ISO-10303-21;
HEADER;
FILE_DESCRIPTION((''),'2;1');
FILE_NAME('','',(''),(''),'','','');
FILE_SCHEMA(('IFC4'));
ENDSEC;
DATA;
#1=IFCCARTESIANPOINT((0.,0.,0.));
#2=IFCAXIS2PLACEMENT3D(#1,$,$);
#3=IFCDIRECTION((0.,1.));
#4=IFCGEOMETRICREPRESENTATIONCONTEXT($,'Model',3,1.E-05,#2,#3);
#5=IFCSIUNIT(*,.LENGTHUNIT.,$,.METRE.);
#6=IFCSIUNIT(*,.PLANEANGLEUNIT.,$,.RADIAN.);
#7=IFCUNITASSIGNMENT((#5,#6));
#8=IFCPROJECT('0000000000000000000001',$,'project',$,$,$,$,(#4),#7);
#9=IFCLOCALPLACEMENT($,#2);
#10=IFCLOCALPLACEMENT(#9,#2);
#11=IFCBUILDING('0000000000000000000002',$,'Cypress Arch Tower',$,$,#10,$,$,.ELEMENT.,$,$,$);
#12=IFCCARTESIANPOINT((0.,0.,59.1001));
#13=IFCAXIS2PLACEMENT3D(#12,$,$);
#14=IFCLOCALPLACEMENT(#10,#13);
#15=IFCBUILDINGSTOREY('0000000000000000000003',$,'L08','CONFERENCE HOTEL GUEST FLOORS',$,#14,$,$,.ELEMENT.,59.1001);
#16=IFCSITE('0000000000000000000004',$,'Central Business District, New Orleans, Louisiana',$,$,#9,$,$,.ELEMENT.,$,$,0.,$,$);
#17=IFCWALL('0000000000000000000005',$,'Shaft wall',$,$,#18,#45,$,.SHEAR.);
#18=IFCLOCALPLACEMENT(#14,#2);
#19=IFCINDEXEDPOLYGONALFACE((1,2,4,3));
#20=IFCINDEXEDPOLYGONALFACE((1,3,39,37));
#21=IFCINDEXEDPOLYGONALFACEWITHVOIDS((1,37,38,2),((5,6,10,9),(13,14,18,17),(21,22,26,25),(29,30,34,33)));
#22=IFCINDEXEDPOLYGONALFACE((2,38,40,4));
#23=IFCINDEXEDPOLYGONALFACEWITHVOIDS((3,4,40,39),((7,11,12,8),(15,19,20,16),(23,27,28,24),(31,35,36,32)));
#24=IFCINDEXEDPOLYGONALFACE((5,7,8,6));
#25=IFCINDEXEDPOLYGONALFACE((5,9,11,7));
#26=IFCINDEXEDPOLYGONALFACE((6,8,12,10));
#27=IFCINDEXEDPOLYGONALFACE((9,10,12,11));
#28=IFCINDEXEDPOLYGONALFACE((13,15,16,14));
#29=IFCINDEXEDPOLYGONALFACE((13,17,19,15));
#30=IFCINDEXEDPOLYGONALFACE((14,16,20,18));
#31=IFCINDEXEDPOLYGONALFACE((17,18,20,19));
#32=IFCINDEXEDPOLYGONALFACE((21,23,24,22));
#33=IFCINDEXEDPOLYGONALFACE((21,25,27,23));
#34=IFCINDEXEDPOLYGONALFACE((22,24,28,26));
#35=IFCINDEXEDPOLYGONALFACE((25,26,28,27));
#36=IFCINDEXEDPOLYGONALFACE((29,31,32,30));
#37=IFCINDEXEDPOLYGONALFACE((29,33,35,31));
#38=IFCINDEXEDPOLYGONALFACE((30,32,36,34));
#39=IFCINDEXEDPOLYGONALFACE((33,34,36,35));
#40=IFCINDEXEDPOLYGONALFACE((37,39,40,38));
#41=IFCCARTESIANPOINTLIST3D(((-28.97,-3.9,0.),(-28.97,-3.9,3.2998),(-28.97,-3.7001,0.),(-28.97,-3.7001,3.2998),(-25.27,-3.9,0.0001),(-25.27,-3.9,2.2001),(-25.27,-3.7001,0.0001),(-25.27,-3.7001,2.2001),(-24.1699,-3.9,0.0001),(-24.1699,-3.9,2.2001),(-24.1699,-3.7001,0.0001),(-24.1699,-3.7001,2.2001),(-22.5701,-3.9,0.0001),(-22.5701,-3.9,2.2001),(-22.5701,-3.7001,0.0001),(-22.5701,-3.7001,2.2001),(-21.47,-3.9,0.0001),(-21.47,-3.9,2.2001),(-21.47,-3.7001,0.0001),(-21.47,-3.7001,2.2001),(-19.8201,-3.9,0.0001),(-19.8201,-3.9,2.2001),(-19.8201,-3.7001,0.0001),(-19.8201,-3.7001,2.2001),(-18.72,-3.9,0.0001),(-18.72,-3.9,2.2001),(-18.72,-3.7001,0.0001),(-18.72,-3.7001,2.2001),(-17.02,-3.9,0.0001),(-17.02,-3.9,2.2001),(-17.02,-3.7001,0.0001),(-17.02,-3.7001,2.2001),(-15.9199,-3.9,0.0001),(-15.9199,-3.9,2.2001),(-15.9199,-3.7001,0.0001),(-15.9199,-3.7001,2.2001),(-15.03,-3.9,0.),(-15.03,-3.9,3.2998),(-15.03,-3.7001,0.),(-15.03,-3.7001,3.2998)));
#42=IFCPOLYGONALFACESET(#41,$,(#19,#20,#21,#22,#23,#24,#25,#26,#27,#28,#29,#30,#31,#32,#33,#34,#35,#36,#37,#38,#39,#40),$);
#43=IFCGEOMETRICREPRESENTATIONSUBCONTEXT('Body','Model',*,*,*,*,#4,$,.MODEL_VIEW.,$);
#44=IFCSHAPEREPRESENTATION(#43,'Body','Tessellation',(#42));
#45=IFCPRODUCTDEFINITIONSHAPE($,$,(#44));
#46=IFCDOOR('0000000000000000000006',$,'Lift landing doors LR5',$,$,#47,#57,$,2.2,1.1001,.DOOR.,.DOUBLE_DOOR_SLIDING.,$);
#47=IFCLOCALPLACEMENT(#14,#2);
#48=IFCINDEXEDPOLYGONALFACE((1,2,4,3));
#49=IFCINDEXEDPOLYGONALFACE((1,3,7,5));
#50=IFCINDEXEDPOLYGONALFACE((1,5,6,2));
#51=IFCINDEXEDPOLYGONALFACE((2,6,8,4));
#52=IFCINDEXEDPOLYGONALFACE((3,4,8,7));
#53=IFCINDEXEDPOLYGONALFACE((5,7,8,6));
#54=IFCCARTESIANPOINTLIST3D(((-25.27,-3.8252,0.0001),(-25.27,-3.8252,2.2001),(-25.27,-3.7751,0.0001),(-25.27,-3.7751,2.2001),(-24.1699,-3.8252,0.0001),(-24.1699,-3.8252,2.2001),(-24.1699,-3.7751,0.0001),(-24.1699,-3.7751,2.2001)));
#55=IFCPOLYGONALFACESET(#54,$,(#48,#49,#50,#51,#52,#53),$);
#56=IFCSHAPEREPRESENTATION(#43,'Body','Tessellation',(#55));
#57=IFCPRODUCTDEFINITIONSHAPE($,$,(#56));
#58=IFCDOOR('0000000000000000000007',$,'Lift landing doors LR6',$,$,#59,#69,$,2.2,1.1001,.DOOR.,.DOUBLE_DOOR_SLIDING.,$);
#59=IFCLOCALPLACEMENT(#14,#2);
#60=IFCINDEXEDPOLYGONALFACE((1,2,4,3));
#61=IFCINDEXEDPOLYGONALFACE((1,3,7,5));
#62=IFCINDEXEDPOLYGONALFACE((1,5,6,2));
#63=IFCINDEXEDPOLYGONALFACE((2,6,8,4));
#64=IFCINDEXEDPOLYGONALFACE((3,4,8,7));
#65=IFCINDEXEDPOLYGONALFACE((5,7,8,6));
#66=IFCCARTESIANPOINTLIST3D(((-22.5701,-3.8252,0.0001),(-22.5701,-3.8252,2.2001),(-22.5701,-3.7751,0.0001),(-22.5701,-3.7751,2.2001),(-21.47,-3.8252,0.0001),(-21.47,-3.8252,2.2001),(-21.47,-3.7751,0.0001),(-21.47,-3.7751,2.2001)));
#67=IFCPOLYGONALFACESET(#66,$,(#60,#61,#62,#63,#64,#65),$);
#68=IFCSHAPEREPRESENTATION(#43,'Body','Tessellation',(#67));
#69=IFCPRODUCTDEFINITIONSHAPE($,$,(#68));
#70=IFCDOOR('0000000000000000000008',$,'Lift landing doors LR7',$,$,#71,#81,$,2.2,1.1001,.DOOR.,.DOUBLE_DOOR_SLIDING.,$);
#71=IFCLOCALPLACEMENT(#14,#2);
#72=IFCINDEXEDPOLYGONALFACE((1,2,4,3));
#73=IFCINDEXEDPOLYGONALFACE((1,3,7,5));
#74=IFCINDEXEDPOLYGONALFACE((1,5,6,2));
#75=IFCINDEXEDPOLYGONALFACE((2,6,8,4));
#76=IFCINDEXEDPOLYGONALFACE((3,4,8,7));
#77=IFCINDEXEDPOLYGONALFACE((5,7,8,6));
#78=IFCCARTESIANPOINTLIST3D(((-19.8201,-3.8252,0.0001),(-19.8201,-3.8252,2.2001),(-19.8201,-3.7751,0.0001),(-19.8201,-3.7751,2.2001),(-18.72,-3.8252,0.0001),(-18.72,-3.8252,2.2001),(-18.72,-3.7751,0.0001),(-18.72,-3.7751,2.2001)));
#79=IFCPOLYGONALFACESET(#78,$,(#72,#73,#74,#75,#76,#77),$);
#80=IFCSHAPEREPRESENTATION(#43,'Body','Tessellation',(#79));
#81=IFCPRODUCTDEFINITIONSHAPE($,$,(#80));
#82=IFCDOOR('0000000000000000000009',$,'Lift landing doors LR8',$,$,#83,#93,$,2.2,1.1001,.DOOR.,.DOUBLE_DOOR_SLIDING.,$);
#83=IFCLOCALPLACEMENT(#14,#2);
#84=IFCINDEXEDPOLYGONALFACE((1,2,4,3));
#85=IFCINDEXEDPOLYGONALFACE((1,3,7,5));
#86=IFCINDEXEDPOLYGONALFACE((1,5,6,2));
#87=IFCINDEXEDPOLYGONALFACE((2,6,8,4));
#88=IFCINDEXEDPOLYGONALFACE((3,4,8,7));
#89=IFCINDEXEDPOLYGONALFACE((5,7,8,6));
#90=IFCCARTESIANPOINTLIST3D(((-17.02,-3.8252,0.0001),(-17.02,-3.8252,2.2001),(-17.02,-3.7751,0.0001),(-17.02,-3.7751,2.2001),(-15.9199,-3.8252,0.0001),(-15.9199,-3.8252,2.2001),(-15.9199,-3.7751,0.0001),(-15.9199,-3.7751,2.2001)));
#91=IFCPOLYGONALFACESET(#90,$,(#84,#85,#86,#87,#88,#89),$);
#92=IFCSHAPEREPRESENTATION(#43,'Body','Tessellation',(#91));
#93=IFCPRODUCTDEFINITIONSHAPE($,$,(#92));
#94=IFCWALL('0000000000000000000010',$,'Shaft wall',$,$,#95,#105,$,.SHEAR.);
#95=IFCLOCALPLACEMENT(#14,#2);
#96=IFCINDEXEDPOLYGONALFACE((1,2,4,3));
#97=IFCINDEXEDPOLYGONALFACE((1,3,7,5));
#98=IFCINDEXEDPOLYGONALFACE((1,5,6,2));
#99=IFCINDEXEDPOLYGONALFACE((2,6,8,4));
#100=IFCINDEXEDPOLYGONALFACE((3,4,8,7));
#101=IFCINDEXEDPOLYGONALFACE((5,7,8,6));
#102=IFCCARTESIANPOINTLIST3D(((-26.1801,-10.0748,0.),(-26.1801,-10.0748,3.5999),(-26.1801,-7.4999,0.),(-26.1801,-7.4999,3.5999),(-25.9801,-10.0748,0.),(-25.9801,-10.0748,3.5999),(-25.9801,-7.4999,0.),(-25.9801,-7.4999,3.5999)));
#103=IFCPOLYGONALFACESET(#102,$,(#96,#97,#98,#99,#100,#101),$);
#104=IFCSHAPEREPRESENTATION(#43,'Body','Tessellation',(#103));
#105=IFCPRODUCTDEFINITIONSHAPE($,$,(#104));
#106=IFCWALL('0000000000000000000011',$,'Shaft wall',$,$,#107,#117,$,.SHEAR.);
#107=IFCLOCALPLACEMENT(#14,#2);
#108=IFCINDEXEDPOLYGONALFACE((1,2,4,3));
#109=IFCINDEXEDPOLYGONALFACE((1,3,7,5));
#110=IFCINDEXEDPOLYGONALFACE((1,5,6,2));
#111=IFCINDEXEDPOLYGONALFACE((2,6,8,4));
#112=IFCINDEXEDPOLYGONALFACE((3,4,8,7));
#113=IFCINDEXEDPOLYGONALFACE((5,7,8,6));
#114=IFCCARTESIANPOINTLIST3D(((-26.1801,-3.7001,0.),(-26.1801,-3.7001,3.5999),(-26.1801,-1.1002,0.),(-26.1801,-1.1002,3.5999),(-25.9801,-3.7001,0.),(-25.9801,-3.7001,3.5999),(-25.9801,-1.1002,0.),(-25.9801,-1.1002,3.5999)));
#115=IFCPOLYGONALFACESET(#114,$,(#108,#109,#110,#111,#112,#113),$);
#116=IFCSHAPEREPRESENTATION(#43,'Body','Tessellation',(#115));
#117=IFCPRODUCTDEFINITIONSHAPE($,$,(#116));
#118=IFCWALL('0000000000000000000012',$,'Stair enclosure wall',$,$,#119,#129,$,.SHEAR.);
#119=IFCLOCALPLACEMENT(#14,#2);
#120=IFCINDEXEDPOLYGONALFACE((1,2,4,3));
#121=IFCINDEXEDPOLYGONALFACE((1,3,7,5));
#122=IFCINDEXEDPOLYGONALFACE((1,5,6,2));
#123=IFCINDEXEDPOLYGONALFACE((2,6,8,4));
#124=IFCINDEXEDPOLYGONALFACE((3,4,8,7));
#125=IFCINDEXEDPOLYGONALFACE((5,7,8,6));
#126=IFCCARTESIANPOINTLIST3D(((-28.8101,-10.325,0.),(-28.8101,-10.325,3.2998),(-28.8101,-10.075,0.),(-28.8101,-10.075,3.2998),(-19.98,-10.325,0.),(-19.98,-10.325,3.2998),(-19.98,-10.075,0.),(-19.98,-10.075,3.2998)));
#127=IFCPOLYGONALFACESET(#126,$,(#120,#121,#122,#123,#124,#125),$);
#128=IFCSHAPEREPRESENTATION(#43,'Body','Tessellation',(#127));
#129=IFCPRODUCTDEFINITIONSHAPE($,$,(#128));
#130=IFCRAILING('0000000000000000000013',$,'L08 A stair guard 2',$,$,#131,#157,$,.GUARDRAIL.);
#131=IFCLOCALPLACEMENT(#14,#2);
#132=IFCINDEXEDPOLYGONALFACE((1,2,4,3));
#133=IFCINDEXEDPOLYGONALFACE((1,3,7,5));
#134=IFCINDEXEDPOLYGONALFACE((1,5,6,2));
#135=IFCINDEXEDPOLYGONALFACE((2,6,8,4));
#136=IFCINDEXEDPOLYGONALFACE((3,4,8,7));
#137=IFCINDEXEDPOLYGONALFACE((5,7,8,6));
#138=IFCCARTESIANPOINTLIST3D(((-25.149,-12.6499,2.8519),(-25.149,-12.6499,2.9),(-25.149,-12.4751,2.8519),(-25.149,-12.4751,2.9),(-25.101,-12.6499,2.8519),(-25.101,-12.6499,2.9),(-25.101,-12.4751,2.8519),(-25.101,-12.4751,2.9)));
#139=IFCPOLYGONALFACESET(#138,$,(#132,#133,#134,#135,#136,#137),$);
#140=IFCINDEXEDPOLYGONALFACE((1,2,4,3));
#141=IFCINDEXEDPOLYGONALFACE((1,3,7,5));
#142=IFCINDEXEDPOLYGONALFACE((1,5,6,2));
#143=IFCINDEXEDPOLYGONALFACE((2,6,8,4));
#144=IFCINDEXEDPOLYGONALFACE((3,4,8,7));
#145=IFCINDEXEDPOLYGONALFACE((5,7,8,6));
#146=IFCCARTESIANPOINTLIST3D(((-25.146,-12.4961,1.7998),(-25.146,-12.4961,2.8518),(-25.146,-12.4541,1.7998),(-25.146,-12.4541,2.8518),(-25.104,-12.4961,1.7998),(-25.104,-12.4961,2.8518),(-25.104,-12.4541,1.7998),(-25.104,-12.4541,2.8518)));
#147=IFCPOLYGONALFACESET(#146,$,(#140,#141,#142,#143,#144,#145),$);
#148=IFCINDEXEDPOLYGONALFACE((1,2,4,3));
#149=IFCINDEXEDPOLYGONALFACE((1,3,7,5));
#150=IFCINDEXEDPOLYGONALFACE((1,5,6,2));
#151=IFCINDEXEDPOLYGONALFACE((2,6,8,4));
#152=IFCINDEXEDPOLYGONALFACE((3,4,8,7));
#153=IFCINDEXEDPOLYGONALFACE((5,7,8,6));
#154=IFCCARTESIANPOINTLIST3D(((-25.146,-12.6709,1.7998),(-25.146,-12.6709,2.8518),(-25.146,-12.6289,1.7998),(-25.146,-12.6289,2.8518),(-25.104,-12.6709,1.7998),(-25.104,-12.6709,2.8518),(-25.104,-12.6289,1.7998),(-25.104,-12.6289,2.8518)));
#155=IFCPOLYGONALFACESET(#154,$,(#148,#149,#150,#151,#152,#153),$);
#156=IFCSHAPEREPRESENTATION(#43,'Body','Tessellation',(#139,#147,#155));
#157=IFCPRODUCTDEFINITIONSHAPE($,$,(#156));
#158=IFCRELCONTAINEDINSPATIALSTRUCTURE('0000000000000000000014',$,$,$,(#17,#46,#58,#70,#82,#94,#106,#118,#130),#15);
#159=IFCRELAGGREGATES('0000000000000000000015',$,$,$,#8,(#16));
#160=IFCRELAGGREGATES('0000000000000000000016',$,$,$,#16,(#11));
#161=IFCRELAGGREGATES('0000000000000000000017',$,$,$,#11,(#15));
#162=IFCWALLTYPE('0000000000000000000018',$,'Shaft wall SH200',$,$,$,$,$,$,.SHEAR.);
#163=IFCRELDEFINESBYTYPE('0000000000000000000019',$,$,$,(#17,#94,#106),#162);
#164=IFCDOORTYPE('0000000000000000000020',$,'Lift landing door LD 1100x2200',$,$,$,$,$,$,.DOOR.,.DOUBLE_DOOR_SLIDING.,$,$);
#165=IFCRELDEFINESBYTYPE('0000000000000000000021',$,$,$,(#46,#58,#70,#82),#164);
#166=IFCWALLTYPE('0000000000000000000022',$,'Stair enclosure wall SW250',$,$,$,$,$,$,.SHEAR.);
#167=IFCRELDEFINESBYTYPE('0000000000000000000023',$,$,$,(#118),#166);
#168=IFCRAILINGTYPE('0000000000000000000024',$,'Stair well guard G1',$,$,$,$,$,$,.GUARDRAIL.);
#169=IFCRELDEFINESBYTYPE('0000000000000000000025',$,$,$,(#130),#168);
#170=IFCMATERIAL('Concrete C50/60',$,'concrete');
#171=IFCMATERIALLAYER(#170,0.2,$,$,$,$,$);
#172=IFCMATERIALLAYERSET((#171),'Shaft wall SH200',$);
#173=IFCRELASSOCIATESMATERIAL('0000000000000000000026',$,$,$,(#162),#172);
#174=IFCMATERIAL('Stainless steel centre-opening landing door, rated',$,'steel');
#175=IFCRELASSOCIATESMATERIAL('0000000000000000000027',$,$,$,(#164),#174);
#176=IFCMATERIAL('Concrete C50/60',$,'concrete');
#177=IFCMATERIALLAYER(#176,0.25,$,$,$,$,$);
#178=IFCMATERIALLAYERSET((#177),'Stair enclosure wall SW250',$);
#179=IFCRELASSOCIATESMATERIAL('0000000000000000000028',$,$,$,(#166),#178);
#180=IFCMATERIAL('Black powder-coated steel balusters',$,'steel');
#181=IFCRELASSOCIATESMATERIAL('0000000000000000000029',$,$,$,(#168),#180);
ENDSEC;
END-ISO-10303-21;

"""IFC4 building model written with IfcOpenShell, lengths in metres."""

from ifc_helpers import new_model, si_unit, direction, frame, frame_2d, origin, origin_2d, place, context, subcontext, project, spatial, rectangle, extrude, material, layer, layer_set, type_object, element, fill, save


model = new_model("IFC4")

# Units and contexts
model_context = context("Model", 3, precision=1e-05, world=origin(), true_north=direction((0.0, 1.0)))
body_context = subcontext(model_context, "Body", "Model", "MODEL_VIEW")
ifc_project = project(units=[si_unit("LENGTHUNIT", "METRE"), si_unit("PLANEANGLEUNIT", "RADIAN")], contexts=[model_context])

# Site, building, storey
site_placement = place(None, origin())
site = spatial("IfcSite", under=ifc_project, at=site_placement, Name="Central Business District, New Orleans, Louisiana", CompositionType="ELEMENT", RefElevation=0.0)
building_placement = place(site_placement, origin())
building = spatial("IfcBuilding", under=site, at=building_placement, Name="Cypress Arch Tower", CompositionType="ELEMENT")
storey_placement = place(building_placement, frame((0.0, 0.0, 59.1001)))
storey = spatial("IfcBuildingStorey", under=building, at=storey_placement, Name="L08", Description="CONFERENCE HOTEL GUEST FLOORS", CompositionType="ELEMENT", Elevation=59.1001)

# Wall, openings, doors
ifc_material_1 = material(Name="Concrete C50/60", Category="concrete")
ifc_layer_1 = layer(ifc_material_1, 0.2)
ifc_layer_set_1 = layer_set([ifc_layer_1], Name="Shaft wall SH200")
wall_type_1 = type_object("IfcWallType", Name="Shaft wall SH200", PredefinedType="SHEAR", material=ifc_layer_set_1)
ifc_material_2 = material(Name="Stainless steel centre-opening landing door, rated", Category="steel")
door_type_1 = type_object("IfcDoorType", Name="Lift landing door LD 1100x2200", OperationType="DOUBLE_DOOR_SLIDING", PredefinedType="DOOR", material=ifc_material_2)
wall_1_placement = place(storey_placement, frame((-28.97, -3.8, 0.0), z_axis=(0.0, 0.0, 1.0), x_axis=(1.0, 0.0, 0.0)))
wall_1 = element("IfcWall", 1, at=wall_1_placement, inside=storey, type_object=wall_type_1, Name="Shaft wall", PredefinedType="SHEAR", context=body_context, shape_type="SweptSolid", body=[
    extrude(rectangle(XDim=13.9399, YDim=0.2, at=frame_2d((6.97, 0.0))), origin(), (0.0, 0.0, 1.0), 3.2998),
])
opening_1_placement = place(wall_1_placement, frame((3.7, 0.0, 0.0)))
opening_1 = element("IfcOpeningElement", 2, at=opening_1_placement, cuts=wall_1, PredefinedType="OPENING", context=body_context, shape_type="SweptSolid", body=[
    extrude(rectangle(XDim=1.1001, YDim=2.2, at=frame_2d((0.55, 1.1001))), frame((0.0, 0.1099, 0.0), z_axis=(0.0, -1.0, 0.0), x_axis=(1.0, 0.0, 0.0)), (0.0, 0.0, 1.0), 0.22),
])
opening_2_placement = place(wall_1_placement, frame((6.3999, 0.0, 0.0)))
opening_2 = element("IfcOpeningElement", 3, at=opening_2_placement, cuts=wall_1, PredefinedType="OPENING", context=body_context, shape_type="SweptSolid", body=[
    extrude(rectangle(XDim=1.1001, YDim=2.2, at=frame_2d((0.55, 1.1001))), frame((0.0, 0.1099, 0.0), z_axis=(0.0, -1.0, 0.0), x_axis=(1.0, 0.0, 0.0)), (0.0, 0.0, 1.0), 0.22),
])
opening_3_placement = place(wall_1_placement, frame((9.1499, 0.0, 0.0)))
opening_3 = element("IfcOpeningElement", 4, at=opening_3_placement, cuts=wall_1, PredefinedType="OPENING", context=body_context, shape_type="SweptSolid", body=[
    extrude(rectangle(XDim=1.1001, YDim=2.2, at=frame_2d((0.55, 1.1001))), frame((0.0, 0.1099, 0.0), z_axis=(0.0, -1.0, 0.0), x_axis=(1.0, 0.0, 0.0)), (0.0, 0.0, 1.0), 0.22),
])
opening_4_placement = place(wall_1_placement, frame((11.95, 0.0, 0.0)))
opening_4 = element("IfcOpeningElement", 5, at=opening_4_placement, cuts=wall_1, PredefinedType="OPENING", context=body_context, shape_type="SweptSolid", body=[
    extrude(rectangle(XDim=1.1001, YDim=2.2, at=frame_2d((0.55, 1.1001))), frame((0.0, 0.1099, 0.0), z_axis=(0.0, -1.0, 0.0), x_axis=(1.0, 0.0, 0.0)), (0.0, 0.0, 1.0), 0.22),
])
door_1_placement = place(opening_1_placement, origin())
door_1 = element("IfcDoor", 6, at=door_1_placement, inside=storey, type_object=door_type_1, Name="Lift landing doors LR5", OperationType="DOUBLE_DOOR_SLIDING", OverallHeight=2.2, OverallWidth=1.1001, PredefinedType="DOOR", context=body_context, shape_type="SweptSolid", body=[
    extrude(rectangle(XDim=1.1001, YDim=2.2, at=frame_2d((0.55, 1.1001))), frame((0.0, 0.0249, 0.0), z_axis=(0.0, -1.0, 0.0), x_axis=(1.0, 0.0, 0.0)), (0.0, 0.0, 1.0), 0.05),
])
fill(opening_1, door_1)
door_2_placement = place(opening_2_placement, origin())
door_2 = element("IfcDoor", 7, at=door_2_placement, inside=storey, type_object=door_type_1, Name="Lift landing doors LR6", OperationType="DOUBLE_DOOR_SLIDING", OverallHeight=2.2, OverallWidth=1.1001, PredefinedType="DOOR", context=body_context, shape_type="SweptSolid", body=[
    extrude(rectangle(XDim=1.1001, YDim=2.2, at=frame_2d((0.55, 1.1001))), frame((0.0, 0.0249, 0.0), z_axis=(0.0, -1.0, 0.0), x_axis=(1.0, 0.0, 0.0)), (0.0, 0.0, 1.0), 0.05),
])
fill(opening_2, door_2)
door_3_placement = place(opening_3_placement, origin())
door_3 = element("IfcDoor", 8, at=door_3_placement, inside=storey, type_object=door_type_1, Name="Lift landing doors LR7", OperationType="DOUBLE_DOOR_SLIDING", OverallHeight=2.2, OverallWidth=1.1001, PredefinedType="DOOR", context=body_context, shape_type="SweptSolid", body=[
    extrude(rectangle(XDim=1.1001, YDim=2.2, at=frame_2d((0.55, 1.1001))), frame((0.0, 0.0249, 0.0), z_axis=(0.0, -1.0, 0.0), x_axis=(1.0, 0.0, 0.0)), (0.0, 0.0, 1.0), 0.05),
])
fill(opening_3, door_3)
door_4_placement = place(opening_4_placement, origin())
door_4 = element("IfcDoor", 9, at=door_4_placement, inside=storey, type_object=door_type_1, Name="Lift landing doors LR8", OperationType="DOUBLE_DOOR_SLIDING", OverallHeight=2.2, OverallWidth=1.1001, PredefinedType="DOOR", context=body_context, shape_type="SweptSolid", body=[
    extrude(rectangle(XDim=1.1001, YDim=2.2, at=frame_2d((0.55, 1.1001))), frame((0.0, 0.0249, 0.0), z_axis=(0.0, -1.0, 0.0), x_axis=(1.0, 0.0, 0.0)), (0.0, 0.0, 1.0), 0.05),
])
fill(opening_4, door_4)

# Walls
wall_2_placement = place(storey_placement, frame((-26.0801, -10.075, 0.0), z_axis=(0.0, 0.0, 1.0), x_axis=(0.0, 1.0, 0.0)))
element("IfcWall", 10, at=wall_2_placement, inside=storey, type_object=wall_type_1, Name="Shaft wall", PredefinedType="SHEAR", context=body_context, shape_type="SweptSolid", body=[
    extrude(rectangle(XDim=2.575, YDim=0.2, at=frame_2d((1.2876, 0.0))), origin(), (0.0, 0.0, 1.0), 3.5999),
])
wall_3_placement = place(storey_placement, frame((-26.0801, -3.7, 0.0), z_axis=(0.0, 0.0, 1.0), x_axis=(0.0, 1.0, 0.0)))
element("IfcWall", 11, at=wall_3_placement, inside=storey, type_object=wall_type_1, Name="Shaft wall", PredefinedType="SHEAR", context=body_context, shape_type="SweptSolid", body=[
    extrude(rectangle(XDim=2.5999, YDim=0.2, at=frame_2d((1.2998, 0.0))), origin(), (0.0, 0.0, 1.0), 3.5999),
])
ifc_material_3 = material(Name="Concrete C50/60", Category="concrete")
ifc_layer_2 = layer(ifc_material_3, 0.25)
ifc_layer_set_2 = layer_set([ifc_layer_2], Name="Stair enclosure wall SW250")
wall_type_2 = type_object("IfcWallType", Name="Stair enclosure wall SW250", PredefinedType="SHEAR", material=ifc_layer_set_2)
wall_4_placement = place(storey_placement, frame((-28.8101, -10.2, 0.0), z_axis=(0.0, 0.0, 1.0), x_axis=(1.0, 0.0, 0.0)))
element("IfcWall", 12, at=wall_4_placement, inside=storey, type_object=wall_type_2, Name="Stair enclosure wall", PredefinedType="SHEAR", context=body_context, shape_type="SweptSolid", body=[
    extrude(rectangle(XDim=8.8301, YDim=0.25, at=frame_2d((4.415, 0.0))), origin(), (0.0, 0.0, 1.0), 3.2998),
])

# Railing
ifc_material_4 = material(Name="Black powder-coated steel balusters", Category="steel")
railing_type = type_object("IfcRailingType", Name="Stair well guard G1", PredefinedType="GUARDRAIL", material=ifc_material_4)
railing_placement = place(storey_placement, frame((-25.125, -12.4751, 1.7998)))
element("IfcRailing", 13, at=railing_placement, inside=storey, type_object=railing_type, Name="L08 A stair guard 2", PredefinedType="GUARDRAIL", context=body_context, shape_type="SweptSolid", body=[
    extrude(rectangle(XDim=0.0481, YDim=0.0481, at=origin_2d()), frame((0.0, 0.0, 1.0762), z_axis=(0.0, -1.0, 0.0), x_axis=(1.0, 0.0, 0.0)), (0.0, 0.0, 1.0), 0.1748),
    extrude(rectangle(XDim=0.042, YDim=0.042, at=origin_2d()), origin(), (0.0, 0.0, 1.0), 1.052),
    extrude(rectangle(XDim=0.042, YDim=0.042, at=origin_2d()), frame((0.0, -0.1748, 0.0)), (0.0, 0.0, 1.0), 1.052),
])

save(model, "model.ifc")
